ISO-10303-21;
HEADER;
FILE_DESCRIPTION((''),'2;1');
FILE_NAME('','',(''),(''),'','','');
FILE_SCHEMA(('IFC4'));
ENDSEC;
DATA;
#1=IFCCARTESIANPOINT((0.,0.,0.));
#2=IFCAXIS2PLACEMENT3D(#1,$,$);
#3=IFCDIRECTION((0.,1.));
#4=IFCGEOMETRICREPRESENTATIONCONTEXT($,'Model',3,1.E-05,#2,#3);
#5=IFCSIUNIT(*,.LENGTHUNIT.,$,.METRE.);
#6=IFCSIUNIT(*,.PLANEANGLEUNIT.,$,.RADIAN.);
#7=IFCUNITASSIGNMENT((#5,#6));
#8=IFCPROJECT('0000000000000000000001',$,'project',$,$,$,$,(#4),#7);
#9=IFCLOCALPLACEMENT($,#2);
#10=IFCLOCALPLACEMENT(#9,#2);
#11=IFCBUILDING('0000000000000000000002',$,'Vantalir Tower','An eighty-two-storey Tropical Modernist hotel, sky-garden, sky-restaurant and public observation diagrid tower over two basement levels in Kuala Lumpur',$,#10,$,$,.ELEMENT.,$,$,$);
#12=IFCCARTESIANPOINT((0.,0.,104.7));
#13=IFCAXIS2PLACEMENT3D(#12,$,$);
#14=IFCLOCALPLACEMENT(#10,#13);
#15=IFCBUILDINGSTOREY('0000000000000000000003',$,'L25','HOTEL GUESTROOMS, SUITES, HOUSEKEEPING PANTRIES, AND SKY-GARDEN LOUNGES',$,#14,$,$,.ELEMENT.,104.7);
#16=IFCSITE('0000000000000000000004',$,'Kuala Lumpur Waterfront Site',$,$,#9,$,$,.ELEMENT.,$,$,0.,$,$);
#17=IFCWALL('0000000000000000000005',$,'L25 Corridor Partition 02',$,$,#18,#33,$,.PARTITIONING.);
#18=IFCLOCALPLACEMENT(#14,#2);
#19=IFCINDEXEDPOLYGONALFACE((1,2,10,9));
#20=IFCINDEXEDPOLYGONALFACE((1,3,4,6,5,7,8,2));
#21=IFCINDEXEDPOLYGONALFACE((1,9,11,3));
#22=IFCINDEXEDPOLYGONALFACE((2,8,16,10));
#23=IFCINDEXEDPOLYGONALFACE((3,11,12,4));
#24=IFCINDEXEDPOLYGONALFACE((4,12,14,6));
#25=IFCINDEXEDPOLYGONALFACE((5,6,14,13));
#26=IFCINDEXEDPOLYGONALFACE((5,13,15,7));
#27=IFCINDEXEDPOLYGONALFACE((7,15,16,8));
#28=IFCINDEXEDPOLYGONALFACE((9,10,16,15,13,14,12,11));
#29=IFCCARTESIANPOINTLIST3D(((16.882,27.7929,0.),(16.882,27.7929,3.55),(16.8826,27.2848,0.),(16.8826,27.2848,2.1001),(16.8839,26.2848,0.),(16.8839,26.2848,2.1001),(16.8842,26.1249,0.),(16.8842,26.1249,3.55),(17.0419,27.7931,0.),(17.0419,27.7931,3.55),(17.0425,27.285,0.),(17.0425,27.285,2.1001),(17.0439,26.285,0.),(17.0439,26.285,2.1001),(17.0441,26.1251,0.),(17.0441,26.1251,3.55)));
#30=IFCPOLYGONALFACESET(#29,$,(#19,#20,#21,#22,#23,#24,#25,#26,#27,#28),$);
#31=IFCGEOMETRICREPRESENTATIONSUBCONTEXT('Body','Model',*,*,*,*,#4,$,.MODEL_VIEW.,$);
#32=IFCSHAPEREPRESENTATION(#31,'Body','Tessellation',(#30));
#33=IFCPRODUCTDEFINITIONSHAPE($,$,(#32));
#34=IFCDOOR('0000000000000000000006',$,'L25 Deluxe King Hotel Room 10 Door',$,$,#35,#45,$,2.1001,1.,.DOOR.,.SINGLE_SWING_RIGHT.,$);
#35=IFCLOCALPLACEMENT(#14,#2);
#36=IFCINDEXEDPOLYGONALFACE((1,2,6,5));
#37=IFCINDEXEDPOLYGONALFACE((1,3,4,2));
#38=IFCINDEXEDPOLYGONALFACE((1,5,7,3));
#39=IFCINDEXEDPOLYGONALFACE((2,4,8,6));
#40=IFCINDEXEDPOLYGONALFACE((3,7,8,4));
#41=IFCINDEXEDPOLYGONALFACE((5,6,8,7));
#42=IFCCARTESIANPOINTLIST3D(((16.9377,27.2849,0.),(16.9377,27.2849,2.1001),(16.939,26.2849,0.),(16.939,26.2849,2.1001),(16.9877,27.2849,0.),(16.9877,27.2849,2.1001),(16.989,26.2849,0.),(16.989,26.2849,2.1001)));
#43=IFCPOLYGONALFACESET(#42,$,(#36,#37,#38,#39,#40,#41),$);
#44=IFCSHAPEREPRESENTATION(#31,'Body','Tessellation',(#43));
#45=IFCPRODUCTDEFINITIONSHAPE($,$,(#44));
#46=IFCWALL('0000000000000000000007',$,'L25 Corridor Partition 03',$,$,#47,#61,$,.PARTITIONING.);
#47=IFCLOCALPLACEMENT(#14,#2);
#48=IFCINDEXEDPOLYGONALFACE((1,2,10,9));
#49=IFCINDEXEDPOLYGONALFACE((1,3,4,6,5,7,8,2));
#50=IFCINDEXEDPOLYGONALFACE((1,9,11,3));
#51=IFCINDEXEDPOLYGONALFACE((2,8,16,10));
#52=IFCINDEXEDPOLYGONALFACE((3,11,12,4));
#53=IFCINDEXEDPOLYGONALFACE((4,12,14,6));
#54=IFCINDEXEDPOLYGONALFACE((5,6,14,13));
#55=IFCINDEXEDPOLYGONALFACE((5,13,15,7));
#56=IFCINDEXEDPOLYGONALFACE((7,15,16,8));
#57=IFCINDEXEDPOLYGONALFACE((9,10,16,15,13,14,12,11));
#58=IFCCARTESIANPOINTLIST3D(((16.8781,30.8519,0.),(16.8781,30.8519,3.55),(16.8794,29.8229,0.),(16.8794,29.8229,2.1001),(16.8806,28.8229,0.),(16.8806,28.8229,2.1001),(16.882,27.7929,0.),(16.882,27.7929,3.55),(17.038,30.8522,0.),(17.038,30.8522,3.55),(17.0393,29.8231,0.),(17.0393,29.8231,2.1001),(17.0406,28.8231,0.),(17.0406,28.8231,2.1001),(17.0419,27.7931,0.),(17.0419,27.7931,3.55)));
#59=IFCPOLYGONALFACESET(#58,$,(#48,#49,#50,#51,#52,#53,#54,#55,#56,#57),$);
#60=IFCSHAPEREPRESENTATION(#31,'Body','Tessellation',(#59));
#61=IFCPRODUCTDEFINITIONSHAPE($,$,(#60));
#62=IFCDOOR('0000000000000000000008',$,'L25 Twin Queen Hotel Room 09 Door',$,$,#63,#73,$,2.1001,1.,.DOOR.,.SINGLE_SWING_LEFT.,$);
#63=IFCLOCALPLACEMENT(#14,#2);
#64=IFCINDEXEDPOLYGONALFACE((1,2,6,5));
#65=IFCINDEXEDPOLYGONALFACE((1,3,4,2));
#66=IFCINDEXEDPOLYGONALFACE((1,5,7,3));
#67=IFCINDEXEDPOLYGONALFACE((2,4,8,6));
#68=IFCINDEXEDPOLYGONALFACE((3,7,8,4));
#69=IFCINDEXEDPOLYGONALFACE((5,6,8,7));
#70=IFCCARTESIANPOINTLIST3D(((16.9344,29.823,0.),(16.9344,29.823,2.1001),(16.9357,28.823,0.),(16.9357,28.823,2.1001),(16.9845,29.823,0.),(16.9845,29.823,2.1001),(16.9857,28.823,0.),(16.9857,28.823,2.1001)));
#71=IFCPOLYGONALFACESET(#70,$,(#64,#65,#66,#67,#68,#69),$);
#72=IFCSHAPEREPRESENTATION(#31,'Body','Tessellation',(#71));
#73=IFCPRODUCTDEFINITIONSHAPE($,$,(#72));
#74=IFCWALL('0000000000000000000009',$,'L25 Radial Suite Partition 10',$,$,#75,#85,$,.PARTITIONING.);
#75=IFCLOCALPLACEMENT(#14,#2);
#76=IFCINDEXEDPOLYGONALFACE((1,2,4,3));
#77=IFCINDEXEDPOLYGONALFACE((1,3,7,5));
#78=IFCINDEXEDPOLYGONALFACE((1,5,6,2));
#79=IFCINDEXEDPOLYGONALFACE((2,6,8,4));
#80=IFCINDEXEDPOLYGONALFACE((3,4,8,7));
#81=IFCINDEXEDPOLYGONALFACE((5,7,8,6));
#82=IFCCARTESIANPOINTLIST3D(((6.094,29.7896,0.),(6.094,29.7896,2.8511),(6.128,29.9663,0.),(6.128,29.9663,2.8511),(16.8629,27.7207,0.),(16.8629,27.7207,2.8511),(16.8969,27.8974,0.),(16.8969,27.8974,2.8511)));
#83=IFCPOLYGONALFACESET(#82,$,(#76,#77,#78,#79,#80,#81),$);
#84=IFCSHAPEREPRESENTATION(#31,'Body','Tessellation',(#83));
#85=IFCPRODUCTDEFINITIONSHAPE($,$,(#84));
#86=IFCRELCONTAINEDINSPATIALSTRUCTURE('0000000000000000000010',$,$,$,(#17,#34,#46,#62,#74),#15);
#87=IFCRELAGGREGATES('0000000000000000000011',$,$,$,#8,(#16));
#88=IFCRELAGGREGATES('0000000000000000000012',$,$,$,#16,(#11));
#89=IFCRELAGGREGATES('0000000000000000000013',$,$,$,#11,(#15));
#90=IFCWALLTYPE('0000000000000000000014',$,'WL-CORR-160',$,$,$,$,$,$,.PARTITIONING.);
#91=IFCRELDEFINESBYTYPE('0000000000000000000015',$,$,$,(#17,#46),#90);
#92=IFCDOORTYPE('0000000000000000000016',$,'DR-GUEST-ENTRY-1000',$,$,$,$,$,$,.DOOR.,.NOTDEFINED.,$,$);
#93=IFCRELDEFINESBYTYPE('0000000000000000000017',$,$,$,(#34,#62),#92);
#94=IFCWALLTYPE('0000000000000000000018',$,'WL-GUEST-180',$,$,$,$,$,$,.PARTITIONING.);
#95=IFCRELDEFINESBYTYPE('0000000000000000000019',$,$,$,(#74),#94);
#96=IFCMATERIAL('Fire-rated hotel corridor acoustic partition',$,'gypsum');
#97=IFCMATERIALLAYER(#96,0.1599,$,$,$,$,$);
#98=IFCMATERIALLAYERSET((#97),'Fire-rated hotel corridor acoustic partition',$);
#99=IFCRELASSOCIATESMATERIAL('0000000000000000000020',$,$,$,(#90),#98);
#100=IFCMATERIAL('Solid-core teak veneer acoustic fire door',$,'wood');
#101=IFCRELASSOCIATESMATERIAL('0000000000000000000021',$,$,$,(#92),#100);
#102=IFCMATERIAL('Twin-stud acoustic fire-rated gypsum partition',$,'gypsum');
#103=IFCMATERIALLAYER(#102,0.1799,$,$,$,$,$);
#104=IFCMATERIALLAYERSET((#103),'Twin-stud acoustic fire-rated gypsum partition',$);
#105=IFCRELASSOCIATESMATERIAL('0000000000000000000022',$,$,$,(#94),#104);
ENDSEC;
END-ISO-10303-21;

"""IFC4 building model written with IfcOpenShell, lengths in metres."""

from ifc_helpers import new_model, si_unit, direction, frame, frame_2d, origin, place, context, subcontext, project, spatial, rectangle, extrude, material, layer, layer_set, type_object, element, fill, save


model = new_model("IFC4")

# Units and contexts
model_context = context("Model", 3, precision=1e-05, world=origin(), true_north=direction((0.0, 1.0)))
body_context = subcontext(model_context, "Body", "Model", "MODEL_VIEW")
ifc_project = project(units=[si_unit("LENGTHUNIT", "METRE"), si_unit("PLANEANGLEUNIT", "RADIAN")], contexts=[model_context])

# Site, building, storey
site_placement = place(None, origin())
site = spatial("IfcSite", under=ifc_project, at=site_placement, Name="Kuala Lumpur Waterfront Site", CompositionType="ELEMENT", RefElevation=0.0)
building_placement = place(site_placement, origin())
building = spatial("IfcBuilding", under=site, at=building_placement, Name="Vantalir Tower", Description="An eighty-two-storey Tropical Modernist hotel, sky-garden, sky-restaurant and public observation diagrid tower over two basement levels in Kuala Lumpur", CompositionType="ELEMENT")
storey_placement = place(building_placement, frame((0.0, 0.0, 104.7)))
storey = spatial("IfcBuildingStorey", under=building, at=storey_placement, Name="L25", Description="HOTEL GUESTROOMS, SUITES, HOUSEKEEPING PANTRIES, AND SKY-GARDEN LOUNGES", CompositionType="ELEMENT", Elevation=104.7)

# Walls, openings, doors
ifc_material_1 = material(Name="Fire-rated hotel corridor acoustic partition", Category="gypsum")
ifc_layer_1 = layer(ifc_material_1, 0.1599)
ifc_layer_set_1 = layer_set([ifc_layer_1], Name="Fire-rated hotel corridor acoustic partition")
wall_type_1 = type_object("IfcWallType", Name="WL-CORR-160", PredefinedType="PARTITIONING", material=ifc_layer_set_1)
wall_1_placement = place(storey_placement, frame((16.9641, 26.125, 0.0), z_axis=(0.0, 0.0, 1.0), x_axis=(-0.001317, 0.999999, 0.0)))
wall_1 = element("IfcWall", 1, at=wall_1_placement, inside=storey, type_object=wall_type_1, Name="L25 Corridor Partition 02", PredefinedType="PARTITIONING", context=body_context, shape_type="SweptSolid", body=[
    extrude(rectangle(XDim=1.668, YDim=0.1599, at=frame_2d((0.834, 0.0))), origin(), (0.0, 0.0, 1.0), 3.55),
])
opening_1_placement = place(wall_1_placement, frame((0.1599, 0.0, 0.0)))
opening_1 = element("IfcOpeningElement", 2, at=opening_1_placement, cuts=wall_1, PredefinedType="OPENING", context=body_context, shape_type="SweptSolid", body=[
    extrude(rectangle(XDim=1.0, YDim=2.1001, at=frame_2d((0.5, 1.05))), frame((0.0, 0.0898, 0.0), z_axis=(0.0, -1.0, 0.0), x_axis=(1.0, 0.0, 0.0)), (0.0, 0.0, 1.0), 0.1799),
])
ifc_material_2 = material(Name="Solid-core teak veneer acoustic fire door", Category="wood")
door_type_1 = type_object("IfcDoorType", Name="DR-GUEST-ENTRY-1000", OperationType="NOTDEFINED", PredefinedType="DOOR", material=ifc_material_2)
door_1_placement = place(opening_1_placement, origin())
door_1 = element("IfcDoor", 3, at=door_1_placement, inside=storey, type_object=door_type_1, Name="L25 Deluxe King Hotel Room 10 Door", OperationType="SINGLE_SWING_RIGHT", OverallHeight=2.1001, OverallWidth=1.0, PredefinedType="DOOR", context=body_context, shape_type="SweptSolid", body=[
    extrude(rectangle(XDim=1.0, YDim=2.1001, at=frame_2d((0.5, 1.05))), frame((0.0, 0.0249, 0.0), z_axis=(0.0, -1.0, 0.0), x_axis=(1.0, 0.0, 0.0)), (0.0, 0.0, 1.0), 0.05),
])
fill(opening_1, door_1)
wall_2_placement = place(storey_placement, frame((16.9619, 27.793, 0.0), z_axis=(0.0, 0.0, 1.0), x_axis=(-0.001277, 0.999999, 0.0)))
wall_2 = element("IfcWall", 4, at=wall_2_placement, inside=storey, type_object=wall_type_1, Name="L25 Corridor Partition 03", PredefinedType="PARTITIONING", context=body_context, shape_type="SweptSolid", body=[
    extrude(rectangle(XDim=3.0591, YDim=0.1599, at=frame_2d((1.5295, 0.0))), origin(), (0.0, 0.0, 1.0), 3.55),
])
opening_2_placement = place(wall_2_placement, frame((1.03, 0.0, 0.0)))
opening_2 = element("IfcOpeningElement", 5, at=opening_2_placement, cuts=wall_2, PredefinedType="OPENING", context=body_context, shape_type="SweptSolid", body=[
    extrude(rectangle(XDim=1.0, YDim=2.1001, at=frame_2d((0.5, 1.05))), frame((0.0, 0.0898, 0.0), z_axis=(0.0, -1.0, 0.0), x_axis=(1.0, 0.0, 0.0)), (0.0, 0.0, 1.0), 0.1799),
])
door_2_placement = place(opening_2_placement, origin())
door_2 = element("IfcDoor", 6, at=door_2_placement, inside=storey, type_object=door_type_1, Name="L25 Twin Queen Hotel Room 09 Door", OperationType="SINGLE_SWING_LEFT", OverallHeight=2.1001, OverallWidth=1.0, PredefinedType="DOOR", context=body_context, shape_type="SweptSolid", body=[
    extrude(rectangle(XDim=1.0, YDim=2.1001, at=frame_2d((0.5, 1.05))), frame((0.0, 0.0249, 0.0), z_axis=(0.0, -1.0, 0.0), x_axis=(1.0, 0.0, 0.0)), (0.0, 0.0, 1.0), 0.05),
])
fill(opening_2, door_2)

# Wall
ifc_material_3 = material(Name="Twin-stud acoustic fire-rated gypsum partition", Category="gypsum")
ifc_layer_2 = layer(ifc_material_3, 0.1799)
ifc_layer_set_2 = layer_set([ifc_layer_2], Name="Twin-stud acoustic fire-rated gypsum partition")
wall_type_2 = type_object("IfcWallType", Name="WL-GUEST-180", PredefinedType="PARTITIONING", material=ifc_layer_set_2)
wall_3_placement = place(storey_placement, frame((16.8799, 27.8091, 0.0), z_axis=(0.0, 0.0, 1.0), x_axis=(-0.982042, 0.188665, 0.0)))
element("IfcWall", 7, at=wall_3_placement, inside=storey, type_object=wall_type_2, Name="L25 Radial Suite Partition 10", PredefinedType="PARTITIONING", context=body_context, shape_type="SweptSolid", body=[
    extrude(rectangle(XDim=10.9658, YDim=0.1799, at=frame_2d((5.4829, 0.0))), origin(), (0.0, 0.0, 1.0), 2.8511),
])

save(model, "model.ifc")
